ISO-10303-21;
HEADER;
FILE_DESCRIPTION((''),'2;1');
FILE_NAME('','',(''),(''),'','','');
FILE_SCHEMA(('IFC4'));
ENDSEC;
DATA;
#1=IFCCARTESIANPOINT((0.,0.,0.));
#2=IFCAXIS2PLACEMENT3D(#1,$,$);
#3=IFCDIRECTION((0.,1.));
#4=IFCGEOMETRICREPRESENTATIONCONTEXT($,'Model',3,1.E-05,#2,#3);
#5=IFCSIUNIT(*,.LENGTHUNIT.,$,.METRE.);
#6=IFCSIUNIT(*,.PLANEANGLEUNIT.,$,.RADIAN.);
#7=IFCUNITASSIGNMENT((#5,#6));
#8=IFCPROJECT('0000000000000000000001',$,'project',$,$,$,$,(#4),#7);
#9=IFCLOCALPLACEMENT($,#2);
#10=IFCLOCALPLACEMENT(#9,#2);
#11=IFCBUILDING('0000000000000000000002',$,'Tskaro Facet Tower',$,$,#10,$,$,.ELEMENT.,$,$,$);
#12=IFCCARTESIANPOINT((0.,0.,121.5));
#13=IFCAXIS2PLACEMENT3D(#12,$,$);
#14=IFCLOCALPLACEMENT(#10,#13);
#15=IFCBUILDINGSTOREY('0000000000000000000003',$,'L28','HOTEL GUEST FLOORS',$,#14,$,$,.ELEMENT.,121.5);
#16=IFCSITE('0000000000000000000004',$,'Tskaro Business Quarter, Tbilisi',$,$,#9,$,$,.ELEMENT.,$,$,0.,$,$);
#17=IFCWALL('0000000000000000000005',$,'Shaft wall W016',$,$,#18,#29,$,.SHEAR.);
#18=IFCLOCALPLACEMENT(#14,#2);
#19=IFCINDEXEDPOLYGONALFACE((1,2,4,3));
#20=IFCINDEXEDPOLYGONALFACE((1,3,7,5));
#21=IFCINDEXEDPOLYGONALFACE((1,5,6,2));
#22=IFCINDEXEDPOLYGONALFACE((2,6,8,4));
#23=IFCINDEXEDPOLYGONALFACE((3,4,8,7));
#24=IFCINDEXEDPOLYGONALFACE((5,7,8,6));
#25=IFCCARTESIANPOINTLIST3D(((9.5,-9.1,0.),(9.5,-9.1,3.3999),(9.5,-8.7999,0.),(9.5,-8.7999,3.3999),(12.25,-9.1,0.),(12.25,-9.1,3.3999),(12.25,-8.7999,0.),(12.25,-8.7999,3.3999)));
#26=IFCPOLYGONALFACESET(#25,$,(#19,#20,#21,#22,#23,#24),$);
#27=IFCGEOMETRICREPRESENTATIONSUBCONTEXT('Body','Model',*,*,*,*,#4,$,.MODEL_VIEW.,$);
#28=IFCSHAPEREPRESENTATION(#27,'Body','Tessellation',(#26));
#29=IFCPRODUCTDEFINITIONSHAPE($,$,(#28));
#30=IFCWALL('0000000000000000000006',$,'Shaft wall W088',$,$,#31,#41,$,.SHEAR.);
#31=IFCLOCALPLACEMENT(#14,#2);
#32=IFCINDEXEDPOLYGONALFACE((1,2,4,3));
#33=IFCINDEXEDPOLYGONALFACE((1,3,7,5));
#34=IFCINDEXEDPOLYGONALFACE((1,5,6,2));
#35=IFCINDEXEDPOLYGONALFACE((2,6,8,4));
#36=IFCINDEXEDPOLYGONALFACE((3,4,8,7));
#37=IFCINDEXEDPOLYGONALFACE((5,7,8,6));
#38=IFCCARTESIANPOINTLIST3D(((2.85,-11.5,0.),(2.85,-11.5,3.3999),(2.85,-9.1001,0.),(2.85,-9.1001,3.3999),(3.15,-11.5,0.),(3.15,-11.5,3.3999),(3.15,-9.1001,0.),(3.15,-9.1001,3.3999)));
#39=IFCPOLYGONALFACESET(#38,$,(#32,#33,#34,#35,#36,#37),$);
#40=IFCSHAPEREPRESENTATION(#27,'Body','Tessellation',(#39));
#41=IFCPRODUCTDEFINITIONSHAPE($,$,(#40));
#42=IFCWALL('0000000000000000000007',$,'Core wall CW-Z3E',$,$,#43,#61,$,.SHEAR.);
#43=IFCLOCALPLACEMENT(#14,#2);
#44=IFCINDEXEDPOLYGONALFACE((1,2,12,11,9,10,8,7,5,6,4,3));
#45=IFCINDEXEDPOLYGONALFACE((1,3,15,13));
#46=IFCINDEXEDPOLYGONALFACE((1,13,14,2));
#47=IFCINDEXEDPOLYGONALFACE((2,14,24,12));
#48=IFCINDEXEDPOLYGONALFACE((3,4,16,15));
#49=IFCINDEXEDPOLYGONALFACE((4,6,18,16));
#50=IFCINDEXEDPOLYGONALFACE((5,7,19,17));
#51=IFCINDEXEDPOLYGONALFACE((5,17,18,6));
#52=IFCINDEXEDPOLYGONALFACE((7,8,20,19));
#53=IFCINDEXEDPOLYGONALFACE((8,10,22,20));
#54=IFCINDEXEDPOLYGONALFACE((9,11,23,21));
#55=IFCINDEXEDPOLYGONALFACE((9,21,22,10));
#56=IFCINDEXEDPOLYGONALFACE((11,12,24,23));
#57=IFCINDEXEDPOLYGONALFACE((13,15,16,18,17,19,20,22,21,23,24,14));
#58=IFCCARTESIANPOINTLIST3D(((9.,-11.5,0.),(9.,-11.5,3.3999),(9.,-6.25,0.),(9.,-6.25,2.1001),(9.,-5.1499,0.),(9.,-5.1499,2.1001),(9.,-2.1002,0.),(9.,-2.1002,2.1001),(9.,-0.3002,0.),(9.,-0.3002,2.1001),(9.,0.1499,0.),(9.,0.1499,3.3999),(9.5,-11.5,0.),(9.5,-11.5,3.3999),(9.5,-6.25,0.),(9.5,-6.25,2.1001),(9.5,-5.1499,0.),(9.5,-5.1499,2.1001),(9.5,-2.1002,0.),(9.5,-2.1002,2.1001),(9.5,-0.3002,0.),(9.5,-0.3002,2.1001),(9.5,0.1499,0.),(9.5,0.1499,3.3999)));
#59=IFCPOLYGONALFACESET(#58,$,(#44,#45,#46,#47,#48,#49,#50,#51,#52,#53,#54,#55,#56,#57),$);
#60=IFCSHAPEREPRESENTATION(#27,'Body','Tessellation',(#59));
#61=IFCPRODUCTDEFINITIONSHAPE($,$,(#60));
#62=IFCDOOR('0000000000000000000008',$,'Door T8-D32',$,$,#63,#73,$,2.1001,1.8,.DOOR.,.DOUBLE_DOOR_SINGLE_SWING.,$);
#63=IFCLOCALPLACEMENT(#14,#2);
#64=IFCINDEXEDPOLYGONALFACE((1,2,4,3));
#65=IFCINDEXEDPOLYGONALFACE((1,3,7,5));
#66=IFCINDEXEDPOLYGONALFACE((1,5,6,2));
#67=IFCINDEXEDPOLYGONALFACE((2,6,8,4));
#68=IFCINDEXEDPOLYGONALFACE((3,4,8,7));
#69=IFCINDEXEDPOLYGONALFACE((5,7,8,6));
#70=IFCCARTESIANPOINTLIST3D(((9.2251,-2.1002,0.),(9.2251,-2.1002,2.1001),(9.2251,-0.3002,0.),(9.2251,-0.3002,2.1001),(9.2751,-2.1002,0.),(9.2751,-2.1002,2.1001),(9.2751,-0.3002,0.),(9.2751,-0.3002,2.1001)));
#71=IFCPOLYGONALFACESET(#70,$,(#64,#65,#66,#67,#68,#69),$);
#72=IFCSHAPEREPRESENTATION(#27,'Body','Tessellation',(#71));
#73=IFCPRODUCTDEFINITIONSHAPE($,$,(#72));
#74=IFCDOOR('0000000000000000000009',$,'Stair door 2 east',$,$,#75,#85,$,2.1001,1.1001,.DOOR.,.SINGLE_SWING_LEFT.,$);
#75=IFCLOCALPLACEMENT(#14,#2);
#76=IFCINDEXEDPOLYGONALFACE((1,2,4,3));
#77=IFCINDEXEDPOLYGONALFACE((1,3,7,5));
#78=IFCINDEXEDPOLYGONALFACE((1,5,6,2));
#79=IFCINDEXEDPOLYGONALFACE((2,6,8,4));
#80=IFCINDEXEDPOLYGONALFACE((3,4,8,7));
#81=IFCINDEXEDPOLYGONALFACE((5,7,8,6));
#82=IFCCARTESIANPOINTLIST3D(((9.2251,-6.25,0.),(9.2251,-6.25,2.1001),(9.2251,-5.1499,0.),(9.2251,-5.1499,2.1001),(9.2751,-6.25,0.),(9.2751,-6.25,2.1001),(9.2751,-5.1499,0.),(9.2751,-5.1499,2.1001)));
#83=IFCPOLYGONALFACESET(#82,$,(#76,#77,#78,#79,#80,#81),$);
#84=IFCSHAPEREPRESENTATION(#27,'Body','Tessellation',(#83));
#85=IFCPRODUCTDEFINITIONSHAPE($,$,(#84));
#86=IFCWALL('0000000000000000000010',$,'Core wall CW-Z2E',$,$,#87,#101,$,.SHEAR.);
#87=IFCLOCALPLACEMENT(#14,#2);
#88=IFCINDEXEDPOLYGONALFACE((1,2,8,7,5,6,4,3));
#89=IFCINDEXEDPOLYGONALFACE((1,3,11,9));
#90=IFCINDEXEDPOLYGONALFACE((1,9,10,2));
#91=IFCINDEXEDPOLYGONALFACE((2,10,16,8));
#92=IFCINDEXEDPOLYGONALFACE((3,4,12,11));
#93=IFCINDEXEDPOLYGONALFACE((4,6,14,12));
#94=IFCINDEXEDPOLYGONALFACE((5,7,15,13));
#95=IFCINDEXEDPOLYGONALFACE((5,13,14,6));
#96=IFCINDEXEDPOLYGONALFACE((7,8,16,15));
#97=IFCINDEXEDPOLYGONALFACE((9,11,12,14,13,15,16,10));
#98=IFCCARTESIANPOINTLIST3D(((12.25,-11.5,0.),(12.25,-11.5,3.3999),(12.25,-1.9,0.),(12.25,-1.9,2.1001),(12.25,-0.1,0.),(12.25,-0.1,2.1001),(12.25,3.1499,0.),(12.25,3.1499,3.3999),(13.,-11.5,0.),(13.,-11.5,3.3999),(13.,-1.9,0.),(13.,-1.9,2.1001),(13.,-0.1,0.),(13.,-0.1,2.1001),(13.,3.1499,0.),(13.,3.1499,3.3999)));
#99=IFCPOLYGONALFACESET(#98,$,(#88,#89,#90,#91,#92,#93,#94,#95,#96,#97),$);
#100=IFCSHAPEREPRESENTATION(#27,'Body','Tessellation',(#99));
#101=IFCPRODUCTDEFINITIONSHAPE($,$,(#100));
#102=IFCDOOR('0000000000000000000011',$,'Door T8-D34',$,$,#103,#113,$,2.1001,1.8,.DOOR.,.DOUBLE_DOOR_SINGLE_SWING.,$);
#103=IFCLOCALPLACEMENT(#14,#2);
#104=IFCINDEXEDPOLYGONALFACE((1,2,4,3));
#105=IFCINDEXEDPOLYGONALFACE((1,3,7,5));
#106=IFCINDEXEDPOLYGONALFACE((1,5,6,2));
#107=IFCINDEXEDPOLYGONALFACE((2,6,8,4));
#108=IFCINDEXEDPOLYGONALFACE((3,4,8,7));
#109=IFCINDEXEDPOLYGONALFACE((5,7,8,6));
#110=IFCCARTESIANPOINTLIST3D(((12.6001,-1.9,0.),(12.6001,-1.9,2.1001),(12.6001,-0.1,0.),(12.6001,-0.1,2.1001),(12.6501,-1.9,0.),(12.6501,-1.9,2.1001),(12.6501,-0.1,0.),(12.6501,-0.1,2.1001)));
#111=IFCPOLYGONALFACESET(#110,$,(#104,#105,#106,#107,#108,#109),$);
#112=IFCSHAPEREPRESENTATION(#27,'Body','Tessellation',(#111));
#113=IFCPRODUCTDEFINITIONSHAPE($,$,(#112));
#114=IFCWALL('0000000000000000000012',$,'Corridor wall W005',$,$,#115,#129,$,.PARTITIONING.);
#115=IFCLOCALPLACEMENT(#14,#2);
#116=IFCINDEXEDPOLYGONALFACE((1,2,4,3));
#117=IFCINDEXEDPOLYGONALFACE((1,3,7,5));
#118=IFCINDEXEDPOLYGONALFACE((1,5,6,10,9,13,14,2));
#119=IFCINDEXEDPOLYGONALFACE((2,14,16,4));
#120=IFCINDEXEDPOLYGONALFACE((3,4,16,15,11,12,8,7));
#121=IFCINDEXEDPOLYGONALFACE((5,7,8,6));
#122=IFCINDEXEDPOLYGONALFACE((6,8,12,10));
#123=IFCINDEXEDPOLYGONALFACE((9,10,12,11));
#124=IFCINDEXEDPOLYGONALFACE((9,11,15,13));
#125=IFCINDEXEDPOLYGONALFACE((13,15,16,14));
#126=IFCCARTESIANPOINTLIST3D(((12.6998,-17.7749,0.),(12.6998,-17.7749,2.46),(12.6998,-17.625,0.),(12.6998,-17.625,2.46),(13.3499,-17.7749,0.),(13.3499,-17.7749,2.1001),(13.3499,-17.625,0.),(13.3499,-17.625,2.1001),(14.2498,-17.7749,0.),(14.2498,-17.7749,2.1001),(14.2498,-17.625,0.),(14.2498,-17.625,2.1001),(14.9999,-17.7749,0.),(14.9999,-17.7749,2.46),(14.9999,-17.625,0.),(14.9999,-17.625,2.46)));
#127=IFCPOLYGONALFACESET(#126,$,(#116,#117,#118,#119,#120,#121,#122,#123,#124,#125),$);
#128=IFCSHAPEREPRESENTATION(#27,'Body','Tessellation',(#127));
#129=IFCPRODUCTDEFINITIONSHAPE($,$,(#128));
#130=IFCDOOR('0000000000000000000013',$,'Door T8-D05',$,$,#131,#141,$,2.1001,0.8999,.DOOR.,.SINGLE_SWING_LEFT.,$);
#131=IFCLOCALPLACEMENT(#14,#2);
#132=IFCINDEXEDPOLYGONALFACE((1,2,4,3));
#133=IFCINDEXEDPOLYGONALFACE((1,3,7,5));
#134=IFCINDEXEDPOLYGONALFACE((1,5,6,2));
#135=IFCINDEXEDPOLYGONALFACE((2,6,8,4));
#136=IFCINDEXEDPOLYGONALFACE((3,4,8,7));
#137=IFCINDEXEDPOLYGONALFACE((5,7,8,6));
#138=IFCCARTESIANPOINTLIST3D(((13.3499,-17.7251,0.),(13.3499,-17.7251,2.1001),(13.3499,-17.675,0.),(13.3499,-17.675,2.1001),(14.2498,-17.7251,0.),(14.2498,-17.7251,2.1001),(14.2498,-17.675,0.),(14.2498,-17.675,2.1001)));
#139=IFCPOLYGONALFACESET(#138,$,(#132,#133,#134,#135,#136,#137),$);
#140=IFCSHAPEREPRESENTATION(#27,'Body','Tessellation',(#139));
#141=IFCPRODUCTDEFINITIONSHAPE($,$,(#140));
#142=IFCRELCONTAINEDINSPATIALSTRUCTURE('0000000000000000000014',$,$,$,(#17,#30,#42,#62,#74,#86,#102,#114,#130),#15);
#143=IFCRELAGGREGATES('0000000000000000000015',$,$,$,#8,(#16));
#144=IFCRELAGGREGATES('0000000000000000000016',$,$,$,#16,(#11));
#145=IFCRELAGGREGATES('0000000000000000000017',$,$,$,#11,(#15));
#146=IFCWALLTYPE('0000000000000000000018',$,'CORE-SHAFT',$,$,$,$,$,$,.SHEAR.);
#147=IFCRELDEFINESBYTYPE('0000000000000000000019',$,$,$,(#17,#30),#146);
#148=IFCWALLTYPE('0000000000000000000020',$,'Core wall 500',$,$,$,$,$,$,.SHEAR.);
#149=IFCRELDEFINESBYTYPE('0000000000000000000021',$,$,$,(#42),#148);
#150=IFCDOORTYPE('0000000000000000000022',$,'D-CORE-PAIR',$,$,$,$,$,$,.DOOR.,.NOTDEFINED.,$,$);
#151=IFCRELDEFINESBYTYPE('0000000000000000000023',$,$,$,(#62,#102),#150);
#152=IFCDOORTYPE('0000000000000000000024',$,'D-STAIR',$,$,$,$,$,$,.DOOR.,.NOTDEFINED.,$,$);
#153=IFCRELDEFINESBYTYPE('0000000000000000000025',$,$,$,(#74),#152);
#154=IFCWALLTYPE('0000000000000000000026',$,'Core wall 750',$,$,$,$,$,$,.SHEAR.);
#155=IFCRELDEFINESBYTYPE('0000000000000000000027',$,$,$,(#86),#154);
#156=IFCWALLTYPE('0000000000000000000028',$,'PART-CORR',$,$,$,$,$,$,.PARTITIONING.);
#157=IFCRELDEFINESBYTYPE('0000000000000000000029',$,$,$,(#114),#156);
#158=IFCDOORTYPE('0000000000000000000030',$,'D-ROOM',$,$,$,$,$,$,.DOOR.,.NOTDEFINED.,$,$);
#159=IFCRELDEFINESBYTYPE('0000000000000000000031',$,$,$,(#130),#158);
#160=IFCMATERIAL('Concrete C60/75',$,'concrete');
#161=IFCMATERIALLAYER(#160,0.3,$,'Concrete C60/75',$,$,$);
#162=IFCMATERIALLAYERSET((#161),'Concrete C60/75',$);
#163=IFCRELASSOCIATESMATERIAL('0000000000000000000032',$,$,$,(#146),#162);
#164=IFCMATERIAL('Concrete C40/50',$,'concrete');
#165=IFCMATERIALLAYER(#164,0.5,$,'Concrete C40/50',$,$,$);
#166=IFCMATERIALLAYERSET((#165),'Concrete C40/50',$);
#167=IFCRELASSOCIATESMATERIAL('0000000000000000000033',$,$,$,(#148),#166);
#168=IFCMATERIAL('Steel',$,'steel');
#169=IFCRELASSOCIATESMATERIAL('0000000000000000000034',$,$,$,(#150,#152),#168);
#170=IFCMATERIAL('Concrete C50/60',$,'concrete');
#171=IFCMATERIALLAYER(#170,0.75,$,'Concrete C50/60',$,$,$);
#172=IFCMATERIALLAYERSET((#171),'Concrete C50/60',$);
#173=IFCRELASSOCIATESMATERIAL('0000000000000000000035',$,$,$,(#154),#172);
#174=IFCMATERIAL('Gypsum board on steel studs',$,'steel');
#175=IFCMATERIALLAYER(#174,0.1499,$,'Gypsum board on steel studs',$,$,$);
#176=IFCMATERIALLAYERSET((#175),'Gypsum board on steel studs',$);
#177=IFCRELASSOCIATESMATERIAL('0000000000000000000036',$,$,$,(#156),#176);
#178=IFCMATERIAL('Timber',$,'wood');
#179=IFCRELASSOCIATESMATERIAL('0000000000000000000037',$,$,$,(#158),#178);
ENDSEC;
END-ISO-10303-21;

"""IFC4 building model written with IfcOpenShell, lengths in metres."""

from ifc_helpers import new_model, si_unit, direction, frame, frame_2d, origin, place, context, subcontext, project, spatial, rectangle, extrude, material, layer, layer_set, type_object, element, fill, save


model = new_model("IFC4")

# Units and contexts
model_context = context("Model", 3, precision=1e-05, world=origin(), true_north=direction((0.0, 1.0)))
body_context = subcontext(model_context, "Body", "Model", "MODEL_VIEW")
ifc_project = project(units=[si_unit("LENGTHUNIT", "METRE"), si_unit("PLANEANGLEUNIT", "RADIAN")], contexts=[model_context])

# Site, building, storey
site_placement = place(None, origin())
site = spatial("IfcSite", under=ifc_project, at=site_placement, Name="Tskaro Business Quarter, Tbilisi", CompositionType="ELEMENT", RefElevation=0.0)
building_placement = place(site_placement, origin())
building = spatial("IfcBuilding", under=site, at=building_placement, Name="Tskaro Facet Tower", CompositionType="ELEMENT")
storey_placement = place(building_placement, frame((0.0, 0.0, 121.5)))
storey = spatial("IfcBuildingStorey", under=building, at=storey_placement, Name="L28", Description="HOTEL GUEST FLOORS", CompositionType="ELEMENT", Elevation=121.5)

# Walls
ifc_material_1 = material(Name="Concrete C60/75", Category="concrete")
ifc_layer_1 = layer(ifc_material_1, 0.3, Name="Concrete C60/75")
ifc_layer_set_1 = layer_set([ifc_layer_1], Name="Concrete C60/75")
wall_type_1 = type_object("IfcWallType", Name="CORE-SHAFT", PredefinedType="SHEAR", material=ifc_layer_set_1)
wall_1_placement = place(storey_placement, frame((9.5, -8.95, 0.0), z_axis=(0.0, 0.0, 1.0), x_axis=(1.0, 0.0, 0.0)))
element("IfcWall", 1, at=wall_1_placement, inside=storey, type_object=wall_type_1, Name="Shaft wall W016", PredefinedType="SHEAR", context=body_context, shape_type="SweptSolid", body=[
    extrude(rectangle(XDim=2.75, YDim=0.3, at=frame_2d((1.375, 0.0))), origin(), (0.0, 0.0, 1.0), 3.3999),
])
wall_2_placement = place(storey_placement, frame((3.0, -11.5, 0.0), z_axis=(0.0, 0.0, 1.0), x_axis=(0.0, 1.0, 0.0)))
element("IfcWall", 2, at=wall_2_placement, inside=storey, type_object=wall_type_1, Name="Shaft wall W088", PredefinedType="SHEAR", context=body_context, shape_type="SweptSolid", body=[
    extrude(rectangle(XDim=2.3999, YDim=0.3, at=frame_2d((1.2, 0.0))), origin(), (0.0, 0.0, 1.0), 3.3999),
])

# Wall, openings, doors
ifc_material_2 = material(Name="Concrete C40/50", Category="concrete")
ifc_layer_2 = layer(ifc_material_2, 0.5, Name="Concrete C40/50")
ifc_layer_set_2 = layer_set([ifc_layer_2], Name="Concrete C40/50")
wall_type_2 = type_object("IfcWallType", Name="Core wall 500", PredefinedType="SHEAR", material=ifc_layer_set_2)
wall_3_placement = place(storey_placement, frame((9.25, -11.5, 0.0), z_axis=(0.0, 0.0, 1.0), x_axis=(0.0, 1.0, 0.0)))
wall_3 = element("IfcWall", 3, at=wall_3_placement, inside=storey, type_object=wall_type_2, Name="Core wall CW-Z3E", PredefinedType="SHEAR", context=body_context, shape_type="SweptSolid", body=[
    extrude(rectangle(XDim=11.6499, YDim=0.5, at=frame_2d((5.825, 0.0))), origin(), (0.0, 0.0, 1.0), 3.3999),
])
opening_1_placement = place(wall_3_placement, frame((9.3999, 0.0, 0.0)))
opening_1 = element("IfcOpeningElement", 4, at=opening_1_placement, cuts=wall_3, PredefinedType="OPENING", context=body_context, shape_type="SweptSolid", body=[
    extrude(rectangle(XDim=1.8, YDim=2.1001, at=frame_2d((0.8999, 1.05))), frame((0.0, 0.26, 0.0), z_axis=(0.0, -1.0, 0.0), x_axis=(1.0, 0.0, 0.0)), (0.0, 0.0, 1.0), 0.52),
])
opening_2_placement = place(wall_3_placement, frame((5.25, 0.0, 0.0)))
opening_2 = element("IfcOpeningElement", 5, at=opening_2_placement, cuts=wall_3, PredefinedType="OPENING", context=body_context, shape_type="SweptSolid", body=[
    extrude(rectangle(XDim=1.1001, YDim=2.1001, at=frame_2d((0.55, 1.05))), frame((0.0, 0.26, 0.0), z_axis=(0.0, -1.0, 0.0), x_axis=(1.0, 0.0, 0.0)), (0.0, 0.0, 1.0), 0.52),
])
ifc_material_3 = material(Name="Steel", Category="steel")
door_type_1 = type_object("IfcDoorType", Name="D-CORE-PAIR", OperationType="NOTDEFINED", PredefinedType="DOOR", material=ifc_material_3)
door_1_placement = place(opening_1_placement, origin())
door_1 = element("IfcDoor", 6, at=door_1_placement, inside=storey, type_object=door_type_1, Name="Door T8-D32", OperationType="DOUBLE_DOOR_SINGLE_SWING", OverallHeight=2.1001, OverallWidth=1.8, PredefinedType="DOOR", context=body_context, shape_type="SweptSolid", body=[
    extrude(rectangle(XDim=1.8, YDim=2.1001, at=frame_2d((0.8999, 1.05))), frame((0.0, 0.0249, 0.0), z_axis=(0.0, -1.0, 0.0), x_axis=(1.0, 0.0, 0.0)), (0.0, 0.0, 1.0), 0.05),
])
fill(opening_1, door_1)
door_type_2 = type_object("IfcDoorType", Name="D-STAIR", OperationType="NOTDEFINED", PredefinedType="DOOR", material=ifc_material_3)
door_2_placement = place(opening_2_placement, origin())
door_2 = element("IfcDoor", 7, at=door_2_placement, inside=storey, type_object=door_type_2, Name="Stair door 2 east", OperationType="SINGLE_SWING_LEFT", OverallHeight=2.1001, OverallWidth=1.1001, PredefinedType="DOOR", context=body_context, shape_type="SweptSolid", body=[
    extrude(rectangle(XDim=1.1001, YDim=2.1001, at=frame_2d((0.55, 1.05))), frame((0.0, 0.0249, 0.0), z_axis=(0.0, -1.0, 0.0), x_axis=(1.0, 0.0, 0.0)), (0.0, 0.0, 1.0), 0.05),
])
fill(opening_2, door_2)

# Walls, openings, doors
ifc_material_4 = material(Name="Concrete C50/60", Category="concrete")
ifc_layer_3 = layer(ifc_material_4, 0.75, Name="Concrete C50/60")
ifc_layer_set_3 = layer_set([ifc_layer_3], Name="Concrete C50/60")
wall_type_3 = type_object("IfcWallType", Name="Core wall 750", PredefinedType="SHEAR", material=ifc_layer_set_3)
wall_4_placement = place(storey_placement, frame((12.625, -11.5, 0.0), z_axis=(0.0, 0.0, 1.0), x_axis=(0.0, 1.0, 0.0)))
wall_4 = element("IfcWall", 8, at=wall_4_placement, inside=storey, type_object=wall_type_3, Name="Core wall CW-Z2E", PredefinedType="SHEAR", context=body_context, shape_type="SweptSolid", body=[
    extrude(rectangle(XDim=14.6499, YDim=0.75, at=frame_2d((7.325, 0.0))), origin(), (0.0, 0.0, 1.0), 3.3999),
])
opening_3_placement = place(wall_4_placement, frame((9.6001, 0.0, 0.0)))
opening_3 = element("IfcOpeningElement", 9, at=opening_3_placement, cuts=wall_4, PredefinedType="OPENING", context=body_context, shape_type="SweptSolid", body=[
    extrude(rectangle(XDim=1.8, YDim=2.1001, at=frame_2d((0.8999, 1.05))), frame((0.0, 0.385, 0.0), z_axis=(0.0, -1.0, 0.0), x_axis=(1.0, 0.0, 0.0)), (0.0, 0.0, 1.0), 0.77),
])
door_3_placement = place(opening_3_placement, origin())
door_3 = element("IfcDoor", 10, at=door_3_placement, inside=storey, type_object=door_type_1, Name="Door T8-D34", OperationType="DOUBLE_DOOR_SINGLE_SWING", OverallHeight=2.1001, OverallWidth=1.8, PredefinedType="DOOR", context=body_context, shape_type="SweptSolid", body=[
    extrude(rectangle(XDim=1.8, YDim=2.1001, at=frame_2d((0.8999, 1.05))), frame((0.0, 0.0249, 0.0), z_axis=(0.0, -1.0, 0.0), x_axis=(1.0, 0.0, 0.0)), (0.0, 0.0, 1.0), 0.05),
])
fill(opening_3, door_3)
ifc_material_5 = material(Name="Gypsum board on steel studs", Category="steel")
ifc_layer_4 = layer(ifc_material_5, 0.1499, Name="Gypsum board on steel studs")
ifc_layer_set_4 = layer_set([ifc_layer_4], Name="Gypsum board on steel studs")
wall_type_4 = type_object("IfcWallType", Name="PART-CORR", PredefinedType="PARTITIONING", material=ifc_layer_set_4)
wall_5_placement = place(storey_placement, frame((12.7, -17.7, 0.0), z_axis=(0.0, 0.0, 1.0), x_axis=(1.0, 0.0, 0.0)))
wall_5 = element("IfcWall", 11, at=wall_5_placement, inside=storey, type_object=wall_type_4, Name="Corridor wall W005", PredefinedType="PARTITIONING", context=body_context, shape_type="SweptSolid", body=[
    extrude(rectangle(XDim=2.3, YDim=0.1499, at=frame_2d((1.1499, 0.0))), origin(), (0.0, 0.0, 1.0), 2.46),
])
opening_4_placement = place(wall_5_placement, frame((0.6499, 0.0, 0.0)))
opening_4 = element("IfcOpeningElement", 12, at=opening_4_placement, cuts=wall_5, PredefinedType="OPENING", context=body_context, shape_type="SweptSolid", body=[
    extrude(rectangle(XDim=0.8999, YDim=2.1001, at=frame_2d((0.45, 1.05))), frame((0.0, 0.085, 0.0), z_axis=(0.0, -1.0, 0.0), x_axis=(1.0, 0.0, 0.0)), (0.0, 0.0, 1.0), 0.1699),
])
ifc_material_6 = material(Name="Timber", Category="wood")
door_type_3 = type_object("IfcDoorType", Name="D-ROOM", OperationType="NOTDEFINED", PredefinedType="DOOR", material=ifc_material_6)
door_4_placement = place(opening_4_placement, origin())
door_4 = element("IfcDoor", 13, at=door_4_placement, inside=storey, type_object=door_type_3, Name="Door T8-D05", OperationType="SINGLE_SWING_LEFT", OverallHeight=2.1001, OverallWidth=0.8999, PredefinedType="DOOR", context=body_context, shape_type="SweptSolid", body=[
    extrude(rectangle(XDim=0.8999, YDim=2.1001, at=frame_2d((0.45, 1.05))), frame((0.0, 0.0249, 0.0), z_axis=(0.0, -1.0, 0.0), x_axis=(1.0, 0.0, 0.0)), (0.0, 0.0, 1.0), 0.05),
])
fill(opening_4, door_4)

save(model, "model.ifc")
